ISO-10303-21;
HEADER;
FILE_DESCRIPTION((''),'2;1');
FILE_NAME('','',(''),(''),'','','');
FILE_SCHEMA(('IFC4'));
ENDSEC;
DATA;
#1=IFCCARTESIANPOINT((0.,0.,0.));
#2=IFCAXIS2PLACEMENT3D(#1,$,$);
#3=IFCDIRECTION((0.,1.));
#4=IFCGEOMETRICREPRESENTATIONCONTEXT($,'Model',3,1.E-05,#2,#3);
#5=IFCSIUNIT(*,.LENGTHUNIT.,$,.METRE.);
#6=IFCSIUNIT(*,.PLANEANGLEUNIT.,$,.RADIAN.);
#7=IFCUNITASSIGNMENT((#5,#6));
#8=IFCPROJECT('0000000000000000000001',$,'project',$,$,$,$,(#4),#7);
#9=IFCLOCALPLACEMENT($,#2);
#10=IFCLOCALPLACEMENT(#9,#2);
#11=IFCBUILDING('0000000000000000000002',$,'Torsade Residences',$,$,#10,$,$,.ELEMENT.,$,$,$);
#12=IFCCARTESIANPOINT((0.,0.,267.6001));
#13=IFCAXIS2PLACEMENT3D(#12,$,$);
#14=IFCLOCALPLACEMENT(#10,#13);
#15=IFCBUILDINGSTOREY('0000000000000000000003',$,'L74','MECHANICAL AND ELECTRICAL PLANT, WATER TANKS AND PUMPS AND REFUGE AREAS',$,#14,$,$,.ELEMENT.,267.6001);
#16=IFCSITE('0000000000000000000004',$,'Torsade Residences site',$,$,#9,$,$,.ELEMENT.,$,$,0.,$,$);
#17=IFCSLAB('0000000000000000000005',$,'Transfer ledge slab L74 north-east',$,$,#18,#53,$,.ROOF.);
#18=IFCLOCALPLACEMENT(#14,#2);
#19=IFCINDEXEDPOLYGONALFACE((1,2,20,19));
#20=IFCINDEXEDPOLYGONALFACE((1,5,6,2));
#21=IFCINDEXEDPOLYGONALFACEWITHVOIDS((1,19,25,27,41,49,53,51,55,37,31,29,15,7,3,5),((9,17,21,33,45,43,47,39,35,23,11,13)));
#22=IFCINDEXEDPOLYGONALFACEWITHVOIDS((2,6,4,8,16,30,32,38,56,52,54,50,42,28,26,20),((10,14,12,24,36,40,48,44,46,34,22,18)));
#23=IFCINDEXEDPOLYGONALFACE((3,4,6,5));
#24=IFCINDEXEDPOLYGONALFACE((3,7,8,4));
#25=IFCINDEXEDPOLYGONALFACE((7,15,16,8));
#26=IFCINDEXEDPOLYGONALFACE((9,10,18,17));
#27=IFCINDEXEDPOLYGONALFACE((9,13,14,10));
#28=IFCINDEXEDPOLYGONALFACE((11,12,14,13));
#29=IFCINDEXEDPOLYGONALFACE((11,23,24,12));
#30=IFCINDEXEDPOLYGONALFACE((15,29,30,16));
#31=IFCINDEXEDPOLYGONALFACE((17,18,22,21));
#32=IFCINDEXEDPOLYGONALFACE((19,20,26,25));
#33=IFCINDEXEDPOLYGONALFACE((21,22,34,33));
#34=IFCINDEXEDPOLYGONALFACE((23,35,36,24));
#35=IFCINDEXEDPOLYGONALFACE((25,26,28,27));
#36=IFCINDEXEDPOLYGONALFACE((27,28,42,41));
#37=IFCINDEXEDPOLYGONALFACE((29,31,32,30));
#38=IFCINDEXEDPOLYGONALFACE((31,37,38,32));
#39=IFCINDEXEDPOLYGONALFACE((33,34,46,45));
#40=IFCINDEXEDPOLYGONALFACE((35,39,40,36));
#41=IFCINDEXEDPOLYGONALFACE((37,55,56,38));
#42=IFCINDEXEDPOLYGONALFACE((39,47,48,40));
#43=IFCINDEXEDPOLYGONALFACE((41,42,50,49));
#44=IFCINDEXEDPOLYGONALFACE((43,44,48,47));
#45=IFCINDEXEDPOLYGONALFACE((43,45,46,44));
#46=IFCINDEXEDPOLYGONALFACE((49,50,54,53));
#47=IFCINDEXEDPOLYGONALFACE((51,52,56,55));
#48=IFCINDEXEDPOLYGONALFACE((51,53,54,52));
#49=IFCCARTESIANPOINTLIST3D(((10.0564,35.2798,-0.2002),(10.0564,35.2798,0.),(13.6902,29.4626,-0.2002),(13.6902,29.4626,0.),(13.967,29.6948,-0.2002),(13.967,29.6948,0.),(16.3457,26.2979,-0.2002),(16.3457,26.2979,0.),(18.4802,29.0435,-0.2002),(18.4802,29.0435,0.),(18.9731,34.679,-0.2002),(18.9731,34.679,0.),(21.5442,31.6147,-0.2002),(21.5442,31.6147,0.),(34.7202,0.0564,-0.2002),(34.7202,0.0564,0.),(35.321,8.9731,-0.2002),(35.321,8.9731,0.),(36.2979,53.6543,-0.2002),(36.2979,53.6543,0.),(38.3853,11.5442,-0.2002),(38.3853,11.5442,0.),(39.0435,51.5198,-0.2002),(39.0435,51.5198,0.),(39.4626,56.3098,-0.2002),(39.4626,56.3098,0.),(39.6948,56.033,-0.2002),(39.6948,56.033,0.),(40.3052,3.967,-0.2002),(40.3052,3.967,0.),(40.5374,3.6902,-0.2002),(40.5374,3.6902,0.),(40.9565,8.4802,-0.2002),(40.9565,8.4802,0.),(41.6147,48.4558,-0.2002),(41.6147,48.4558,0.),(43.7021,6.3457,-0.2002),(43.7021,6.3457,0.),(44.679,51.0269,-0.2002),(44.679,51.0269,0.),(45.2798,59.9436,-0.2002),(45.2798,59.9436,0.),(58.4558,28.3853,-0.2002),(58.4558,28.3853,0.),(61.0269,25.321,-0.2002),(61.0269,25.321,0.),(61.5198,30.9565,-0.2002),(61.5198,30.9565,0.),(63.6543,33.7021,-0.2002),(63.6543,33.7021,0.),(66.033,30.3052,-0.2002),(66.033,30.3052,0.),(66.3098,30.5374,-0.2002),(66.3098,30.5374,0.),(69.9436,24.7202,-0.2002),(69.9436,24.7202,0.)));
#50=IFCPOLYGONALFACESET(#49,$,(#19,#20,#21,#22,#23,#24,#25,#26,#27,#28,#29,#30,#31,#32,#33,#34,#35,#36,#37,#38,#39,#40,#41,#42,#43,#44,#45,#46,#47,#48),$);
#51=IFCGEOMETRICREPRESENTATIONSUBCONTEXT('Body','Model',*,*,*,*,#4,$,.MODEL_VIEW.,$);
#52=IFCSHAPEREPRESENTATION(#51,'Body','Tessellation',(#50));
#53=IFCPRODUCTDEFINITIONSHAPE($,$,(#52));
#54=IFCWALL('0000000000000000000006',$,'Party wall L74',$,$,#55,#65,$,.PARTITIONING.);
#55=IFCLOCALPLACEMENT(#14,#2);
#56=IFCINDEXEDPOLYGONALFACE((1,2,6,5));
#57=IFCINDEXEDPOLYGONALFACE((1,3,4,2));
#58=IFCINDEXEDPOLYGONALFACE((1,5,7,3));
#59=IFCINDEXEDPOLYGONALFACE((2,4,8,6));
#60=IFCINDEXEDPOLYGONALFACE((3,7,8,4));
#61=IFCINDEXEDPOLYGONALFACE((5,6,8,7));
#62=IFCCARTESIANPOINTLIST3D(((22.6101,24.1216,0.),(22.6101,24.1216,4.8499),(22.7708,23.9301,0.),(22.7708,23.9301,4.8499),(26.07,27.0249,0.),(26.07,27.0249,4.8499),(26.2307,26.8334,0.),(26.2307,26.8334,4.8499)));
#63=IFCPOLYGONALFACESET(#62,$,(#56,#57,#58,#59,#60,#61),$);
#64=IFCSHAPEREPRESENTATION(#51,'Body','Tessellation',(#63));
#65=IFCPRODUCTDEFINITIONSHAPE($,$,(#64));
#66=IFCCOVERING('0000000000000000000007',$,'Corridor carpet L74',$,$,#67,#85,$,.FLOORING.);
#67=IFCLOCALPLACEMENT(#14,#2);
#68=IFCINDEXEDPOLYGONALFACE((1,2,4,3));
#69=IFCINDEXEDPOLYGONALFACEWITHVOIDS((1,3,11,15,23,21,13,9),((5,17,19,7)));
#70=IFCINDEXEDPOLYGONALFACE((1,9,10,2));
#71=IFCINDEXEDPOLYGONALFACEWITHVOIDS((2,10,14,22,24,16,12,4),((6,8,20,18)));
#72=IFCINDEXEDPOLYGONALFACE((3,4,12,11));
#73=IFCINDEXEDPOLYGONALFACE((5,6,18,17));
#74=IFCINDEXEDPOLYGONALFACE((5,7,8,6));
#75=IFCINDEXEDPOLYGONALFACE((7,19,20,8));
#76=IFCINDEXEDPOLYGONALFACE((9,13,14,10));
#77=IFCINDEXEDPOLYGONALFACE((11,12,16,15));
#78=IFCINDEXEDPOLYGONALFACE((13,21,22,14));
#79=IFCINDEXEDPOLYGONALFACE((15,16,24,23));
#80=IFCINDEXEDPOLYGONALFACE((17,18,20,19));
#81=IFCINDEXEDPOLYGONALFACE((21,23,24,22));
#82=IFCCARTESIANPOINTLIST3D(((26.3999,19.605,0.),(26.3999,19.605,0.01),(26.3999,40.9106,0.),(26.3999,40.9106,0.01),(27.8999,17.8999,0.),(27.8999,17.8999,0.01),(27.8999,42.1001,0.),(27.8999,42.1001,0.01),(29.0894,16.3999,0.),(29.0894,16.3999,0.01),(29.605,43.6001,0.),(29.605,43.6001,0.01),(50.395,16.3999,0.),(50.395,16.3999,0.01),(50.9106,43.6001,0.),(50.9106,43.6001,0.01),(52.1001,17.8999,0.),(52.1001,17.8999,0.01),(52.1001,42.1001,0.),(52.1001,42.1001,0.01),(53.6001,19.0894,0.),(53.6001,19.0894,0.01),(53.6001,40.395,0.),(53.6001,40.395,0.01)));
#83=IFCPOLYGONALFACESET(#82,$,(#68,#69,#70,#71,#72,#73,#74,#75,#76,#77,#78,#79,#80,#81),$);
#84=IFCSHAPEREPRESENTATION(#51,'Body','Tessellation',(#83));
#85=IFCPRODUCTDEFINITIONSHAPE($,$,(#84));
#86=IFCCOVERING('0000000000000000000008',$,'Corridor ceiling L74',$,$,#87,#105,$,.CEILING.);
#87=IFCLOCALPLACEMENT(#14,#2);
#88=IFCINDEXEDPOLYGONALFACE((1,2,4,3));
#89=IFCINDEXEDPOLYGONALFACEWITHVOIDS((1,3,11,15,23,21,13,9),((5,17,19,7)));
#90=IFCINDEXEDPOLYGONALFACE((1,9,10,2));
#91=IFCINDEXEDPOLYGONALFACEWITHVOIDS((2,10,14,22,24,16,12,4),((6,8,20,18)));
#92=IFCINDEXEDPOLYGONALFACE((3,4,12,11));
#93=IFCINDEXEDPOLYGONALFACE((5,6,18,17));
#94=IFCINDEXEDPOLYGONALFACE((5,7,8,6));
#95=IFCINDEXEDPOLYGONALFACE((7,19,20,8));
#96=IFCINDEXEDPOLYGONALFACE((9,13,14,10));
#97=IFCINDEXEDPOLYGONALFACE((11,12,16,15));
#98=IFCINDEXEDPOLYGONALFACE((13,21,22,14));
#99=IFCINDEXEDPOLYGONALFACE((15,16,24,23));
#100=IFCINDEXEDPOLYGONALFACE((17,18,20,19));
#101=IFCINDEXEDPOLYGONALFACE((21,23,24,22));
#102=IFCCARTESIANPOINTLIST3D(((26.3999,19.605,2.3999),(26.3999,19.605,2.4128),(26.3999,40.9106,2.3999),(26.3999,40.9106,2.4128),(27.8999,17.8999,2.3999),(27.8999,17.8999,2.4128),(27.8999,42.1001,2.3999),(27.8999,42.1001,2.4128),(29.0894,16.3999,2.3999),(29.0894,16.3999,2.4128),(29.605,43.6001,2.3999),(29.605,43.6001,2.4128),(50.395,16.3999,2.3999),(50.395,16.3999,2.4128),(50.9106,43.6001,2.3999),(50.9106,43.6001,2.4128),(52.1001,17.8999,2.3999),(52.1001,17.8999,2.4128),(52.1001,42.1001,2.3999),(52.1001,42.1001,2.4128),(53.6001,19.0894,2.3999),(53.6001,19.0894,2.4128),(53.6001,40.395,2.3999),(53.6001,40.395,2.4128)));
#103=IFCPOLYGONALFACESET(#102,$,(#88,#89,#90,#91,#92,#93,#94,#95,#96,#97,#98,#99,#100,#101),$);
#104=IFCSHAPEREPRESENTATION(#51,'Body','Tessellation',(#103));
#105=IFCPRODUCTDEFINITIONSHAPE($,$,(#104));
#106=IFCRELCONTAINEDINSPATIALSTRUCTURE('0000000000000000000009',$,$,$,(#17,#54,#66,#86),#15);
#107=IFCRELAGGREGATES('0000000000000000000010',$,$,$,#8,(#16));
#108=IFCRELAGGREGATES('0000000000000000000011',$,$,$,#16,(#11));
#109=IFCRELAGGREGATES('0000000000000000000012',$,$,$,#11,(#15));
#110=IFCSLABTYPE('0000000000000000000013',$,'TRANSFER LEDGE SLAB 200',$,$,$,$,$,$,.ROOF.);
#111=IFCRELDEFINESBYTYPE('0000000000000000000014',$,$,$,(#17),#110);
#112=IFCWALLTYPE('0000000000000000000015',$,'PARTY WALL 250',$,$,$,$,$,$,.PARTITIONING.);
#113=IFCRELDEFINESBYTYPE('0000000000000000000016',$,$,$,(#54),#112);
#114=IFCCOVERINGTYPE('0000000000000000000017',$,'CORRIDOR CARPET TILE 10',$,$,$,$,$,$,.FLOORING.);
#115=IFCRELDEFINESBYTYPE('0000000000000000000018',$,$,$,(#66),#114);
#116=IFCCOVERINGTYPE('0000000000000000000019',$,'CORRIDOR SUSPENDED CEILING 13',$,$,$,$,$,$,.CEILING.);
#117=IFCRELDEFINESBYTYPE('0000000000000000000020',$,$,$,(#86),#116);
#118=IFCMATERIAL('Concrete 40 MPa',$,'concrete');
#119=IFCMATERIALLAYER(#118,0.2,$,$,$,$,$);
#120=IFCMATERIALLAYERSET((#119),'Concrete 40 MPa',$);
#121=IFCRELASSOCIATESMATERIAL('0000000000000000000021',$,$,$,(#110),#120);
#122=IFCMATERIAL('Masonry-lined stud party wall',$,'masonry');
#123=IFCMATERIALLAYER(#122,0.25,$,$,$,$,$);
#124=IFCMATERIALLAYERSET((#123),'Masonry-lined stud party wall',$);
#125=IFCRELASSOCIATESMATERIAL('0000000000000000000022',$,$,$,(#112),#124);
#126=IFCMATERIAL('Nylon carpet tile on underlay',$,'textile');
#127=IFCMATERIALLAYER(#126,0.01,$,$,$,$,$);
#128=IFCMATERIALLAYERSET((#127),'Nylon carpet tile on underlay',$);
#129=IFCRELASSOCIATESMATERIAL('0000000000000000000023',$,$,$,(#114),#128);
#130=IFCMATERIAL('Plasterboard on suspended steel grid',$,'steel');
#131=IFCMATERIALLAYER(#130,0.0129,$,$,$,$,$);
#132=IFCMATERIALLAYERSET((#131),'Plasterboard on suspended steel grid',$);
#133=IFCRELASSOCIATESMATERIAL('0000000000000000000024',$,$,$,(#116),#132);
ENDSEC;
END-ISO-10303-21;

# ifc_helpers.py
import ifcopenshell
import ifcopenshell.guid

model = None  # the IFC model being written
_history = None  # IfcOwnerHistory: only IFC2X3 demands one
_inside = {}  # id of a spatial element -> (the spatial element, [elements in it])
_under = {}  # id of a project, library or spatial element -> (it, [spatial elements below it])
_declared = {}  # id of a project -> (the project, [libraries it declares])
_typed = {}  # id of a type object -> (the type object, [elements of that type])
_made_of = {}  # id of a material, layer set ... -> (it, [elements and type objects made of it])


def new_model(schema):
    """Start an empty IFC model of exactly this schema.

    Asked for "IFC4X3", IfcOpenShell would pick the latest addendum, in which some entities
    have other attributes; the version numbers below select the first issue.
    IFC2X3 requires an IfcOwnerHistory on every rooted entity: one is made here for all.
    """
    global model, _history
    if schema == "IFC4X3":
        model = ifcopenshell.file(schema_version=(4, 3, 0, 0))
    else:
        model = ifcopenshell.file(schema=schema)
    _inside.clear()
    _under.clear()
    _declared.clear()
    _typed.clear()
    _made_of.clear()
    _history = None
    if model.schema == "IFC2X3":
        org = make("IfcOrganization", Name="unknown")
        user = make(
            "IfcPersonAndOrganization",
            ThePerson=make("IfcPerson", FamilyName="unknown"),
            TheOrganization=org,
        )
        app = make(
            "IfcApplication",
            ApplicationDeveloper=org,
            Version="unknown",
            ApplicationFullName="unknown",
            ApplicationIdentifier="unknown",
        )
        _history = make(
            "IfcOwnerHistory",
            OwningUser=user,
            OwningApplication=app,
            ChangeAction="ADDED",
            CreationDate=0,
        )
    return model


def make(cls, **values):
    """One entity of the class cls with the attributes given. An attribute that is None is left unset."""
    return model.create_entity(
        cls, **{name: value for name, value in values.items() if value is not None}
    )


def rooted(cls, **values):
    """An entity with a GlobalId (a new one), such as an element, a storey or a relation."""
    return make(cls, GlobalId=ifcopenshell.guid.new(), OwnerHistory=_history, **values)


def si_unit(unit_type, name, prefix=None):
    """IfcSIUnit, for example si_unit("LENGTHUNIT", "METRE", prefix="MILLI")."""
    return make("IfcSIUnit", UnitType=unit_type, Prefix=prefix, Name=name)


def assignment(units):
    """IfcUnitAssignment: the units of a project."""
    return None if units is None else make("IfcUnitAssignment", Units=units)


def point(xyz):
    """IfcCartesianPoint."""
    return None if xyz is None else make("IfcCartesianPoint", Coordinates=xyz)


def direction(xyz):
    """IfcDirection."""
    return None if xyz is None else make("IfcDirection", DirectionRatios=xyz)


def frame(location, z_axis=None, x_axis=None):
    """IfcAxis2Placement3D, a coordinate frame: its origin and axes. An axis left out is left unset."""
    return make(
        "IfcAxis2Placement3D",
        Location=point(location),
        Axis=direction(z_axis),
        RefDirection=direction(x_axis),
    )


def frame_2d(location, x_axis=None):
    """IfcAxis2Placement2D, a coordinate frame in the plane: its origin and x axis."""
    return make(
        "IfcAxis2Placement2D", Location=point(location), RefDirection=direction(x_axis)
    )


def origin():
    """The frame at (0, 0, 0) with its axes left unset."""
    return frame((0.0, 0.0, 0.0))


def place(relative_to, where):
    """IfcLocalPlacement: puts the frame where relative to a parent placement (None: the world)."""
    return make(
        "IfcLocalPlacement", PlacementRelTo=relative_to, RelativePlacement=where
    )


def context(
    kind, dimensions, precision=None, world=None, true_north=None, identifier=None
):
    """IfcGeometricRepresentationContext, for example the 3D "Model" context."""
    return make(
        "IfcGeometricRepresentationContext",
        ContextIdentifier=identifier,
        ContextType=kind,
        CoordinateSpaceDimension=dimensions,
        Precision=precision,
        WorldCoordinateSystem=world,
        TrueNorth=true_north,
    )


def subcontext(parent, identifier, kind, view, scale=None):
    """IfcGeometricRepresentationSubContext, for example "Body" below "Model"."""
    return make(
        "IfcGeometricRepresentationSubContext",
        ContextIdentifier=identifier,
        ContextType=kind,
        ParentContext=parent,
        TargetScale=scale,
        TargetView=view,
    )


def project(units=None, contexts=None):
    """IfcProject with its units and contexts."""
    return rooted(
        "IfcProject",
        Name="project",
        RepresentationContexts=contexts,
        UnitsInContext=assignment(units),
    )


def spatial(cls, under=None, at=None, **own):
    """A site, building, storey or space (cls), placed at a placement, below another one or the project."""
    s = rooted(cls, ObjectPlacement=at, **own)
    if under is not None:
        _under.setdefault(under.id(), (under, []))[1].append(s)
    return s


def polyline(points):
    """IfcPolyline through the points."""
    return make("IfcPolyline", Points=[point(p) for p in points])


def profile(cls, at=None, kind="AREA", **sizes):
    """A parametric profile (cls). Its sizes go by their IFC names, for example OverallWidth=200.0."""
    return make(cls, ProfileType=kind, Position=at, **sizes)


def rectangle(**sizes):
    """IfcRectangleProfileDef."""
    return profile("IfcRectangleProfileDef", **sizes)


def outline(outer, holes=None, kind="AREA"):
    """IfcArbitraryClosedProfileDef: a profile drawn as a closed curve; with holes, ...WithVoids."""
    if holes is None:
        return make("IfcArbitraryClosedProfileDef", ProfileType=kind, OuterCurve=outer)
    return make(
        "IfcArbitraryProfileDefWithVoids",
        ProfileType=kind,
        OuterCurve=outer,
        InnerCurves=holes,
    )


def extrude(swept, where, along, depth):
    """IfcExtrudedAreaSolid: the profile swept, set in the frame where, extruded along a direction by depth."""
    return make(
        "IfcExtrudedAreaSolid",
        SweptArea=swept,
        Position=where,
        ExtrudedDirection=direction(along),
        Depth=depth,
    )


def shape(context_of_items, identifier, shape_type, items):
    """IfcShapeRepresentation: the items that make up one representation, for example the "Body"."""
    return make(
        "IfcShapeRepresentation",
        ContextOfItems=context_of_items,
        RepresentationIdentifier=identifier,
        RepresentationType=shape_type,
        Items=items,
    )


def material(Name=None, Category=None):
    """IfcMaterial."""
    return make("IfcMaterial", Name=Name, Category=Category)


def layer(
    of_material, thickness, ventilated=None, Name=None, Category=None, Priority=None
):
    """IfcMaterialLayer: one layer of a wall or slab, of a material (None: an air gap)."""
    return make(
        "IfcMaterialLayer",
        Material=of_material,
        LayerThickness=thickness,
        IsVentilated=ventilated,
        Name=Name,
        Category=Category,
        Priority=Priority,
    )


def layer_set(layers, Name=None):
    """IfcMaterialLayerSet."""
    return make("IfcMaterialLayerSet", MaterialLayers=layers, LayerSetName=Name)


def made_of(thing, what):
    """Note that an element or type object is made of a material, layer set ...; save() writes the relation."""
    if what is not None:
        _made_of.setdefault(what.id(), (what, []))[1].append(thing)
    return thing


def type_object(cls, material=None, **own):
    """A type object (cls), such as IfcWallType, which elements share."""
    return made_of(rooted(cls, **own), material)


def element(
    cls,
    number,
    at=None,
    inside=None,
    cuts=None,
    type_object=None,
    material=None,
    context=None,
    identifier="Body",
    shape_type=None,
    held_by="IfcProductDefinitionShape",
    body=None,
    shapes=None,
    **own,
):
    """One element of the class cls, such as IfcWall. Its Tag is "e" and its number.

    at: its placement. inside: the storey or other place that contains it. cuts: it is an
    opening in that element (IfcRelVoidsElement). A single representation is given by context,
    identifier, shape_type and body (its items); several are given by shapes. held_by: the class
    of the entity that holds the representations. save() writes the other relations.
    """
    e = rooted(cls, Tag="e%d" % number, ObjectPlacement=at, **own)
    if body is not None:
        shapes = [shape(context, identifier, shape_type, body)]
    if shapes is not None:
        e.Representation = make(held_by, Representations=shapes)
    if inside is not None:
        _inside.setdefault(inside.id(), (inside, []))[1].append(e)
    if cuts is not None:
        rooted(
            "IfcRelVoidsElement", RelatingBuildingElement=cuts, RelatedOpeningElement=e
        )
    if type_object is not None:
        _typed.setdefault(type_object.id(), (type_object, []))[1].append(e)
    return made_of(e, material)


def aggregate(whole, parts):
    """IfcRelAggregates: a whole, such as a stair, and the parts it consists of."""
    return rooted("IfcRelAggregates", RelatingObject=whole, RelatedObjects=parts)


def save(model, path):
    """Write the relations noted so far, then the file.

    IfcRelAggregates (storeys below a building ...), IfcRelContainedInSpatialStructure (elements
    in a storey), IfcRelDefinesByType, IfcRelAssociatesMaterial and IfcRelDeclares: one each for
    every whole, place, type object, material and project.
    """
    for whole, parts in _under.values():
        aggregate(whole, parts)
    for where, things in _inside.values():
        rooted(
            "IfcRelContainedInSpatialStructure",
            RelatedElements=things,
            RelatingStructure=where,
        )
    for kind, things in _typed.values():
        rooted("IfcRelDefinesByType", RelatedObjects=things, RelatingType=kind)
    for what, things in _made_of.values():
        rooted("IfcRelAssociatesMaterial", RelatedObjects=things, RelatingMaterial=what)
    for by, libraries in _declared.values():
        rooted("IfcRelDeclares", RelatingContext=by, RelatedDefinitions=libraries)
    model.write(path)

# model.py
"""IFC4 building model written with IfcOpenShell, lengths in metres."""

from ifc_helpers import new_model, si_unit, direction, frame, frame_2d, origin, place, context, subcontext, project, spatial, polyline, rectangle, outline, extrude, material, layer, layer_set, type_object, element, save


model = new_model("IFC4")

# Units and contexts
model_context = context("Model", 3, precision=1e-05, world=origin(), true_north=direction((0.0, 1.0)))
body_context = subcontext(model_context, "Body", "Model", "MODEL_VIEW")
ifc_project = project(units=[si_unit("LENGTHUNIT", "METRE"), si_unit("PLANEANGLEUNIT", "RADIAN")], contexts=[model_context])

# Site, building, storey
site_placement = place(None, origin())
site = spatial("IfcSite", under=ifc_project, at=site_placement, Name="Torsade Residences site", CompositionType="ELEMENT", RefElevation=0.0)
building_placement = place(site_placement, origin())
building = spatial("IfcBuilding", under=site, at=building_placement, Name="Torsade Residences", CompositionType="ELEMENT")
storey_placement = place(building_placement, frame((0.0, 0.0, 267.6001)))
storey = spatial("IfcBuildingStorey", under=building, at=storey_placement, Name="L74", Description="MECHANICAL AND ELECTRICAL PLANT, WATER TANKS AND PUMPS AND REFUGE AREAS", CompositionType="ELEMENT", Elevation=267.6001)

# Slab
ifc_material_1 = material(Name="Concrete 40 MPa", Category="concrete")
ifc_layer_1 = layer(ifc_material_1, 0.2)
ifc_layer_set_1 = layer_set([ifc_layer_1], Name="Concrete 40 MPa")
slab_type_1 = type_object("IfcSlabType", Name="TRANSFER LEDGE SLAB 200", PredefinedType="ROOF", material=ifc_layer_set_1)
slab_1_placement = place(storey_placement, frame((0.0, 0.0, -0.2002)))
element("IfcSlab", 1, at=slab_1_placement, inside=storey, type_object=slab_type_1, Name="Transfer ledge slab L74 north-east", PredefinedType="ROOF", context=body_context, shape_type="SweptSolid", body=[
    extrude(outline(polyline([(34.7202, 0.0564), (40.3052, 3.967), (40.5374, 3.6902), (43.7021, 6.3457), (69.9436, 24.7202), (66.033, 30.3052), (66.3098, 30.5374), (63.6543, 33.7021), (45.2798, 59.9436), (39.6948, 56.033), (39.4626, 56.3098), (36.2979, 53.6543), (10.0564, 35.2798), (13.967, 29.6948), (13.6902, 29.4626), (16.3457, 26.2979), (34.7202, 0.0564)]), holes=[polyline([(61.0269, 25.321), (58.4558, 28.3853), (61.5198, 30.9565), (44.679, 51.0269), (41.6147, 48.4558), (39.0435, 51.5198), (18.9731, 34.679), (21.5442, 31.6147), (18.4802, 29.0435), (35.321, 8.9731), (38.3853, 11.5442), (40.9565, 8.4802), (61.0269, 25.321)])]), origin(), (0.0, 0.0, 1.0), 0.2002),
])

# Wall
ifc_material_2 = material(Name="Masonry-lined stud party wall", Category="masonry")
ifc_layer_2 = layer(ifc_material_2, 0.25)
ifc_layer_set_2 = layer_set([ifc_layer_2], Name="Masonry-lined stud party wall")
wall_type = type_object("IfcWallType", Name="PARTY WALL 250", PredefinedType="PARTITIONING", material=ifc_layer_set_2)
wall_placement = place(storey_placement, frame((22.6904, 24.0259, 0.0), z_axis=(0.0, 0.0, 1.0), x_axis=(0.766037, 0.642796, 0.0)))
element("IfcWall", 2, at=wall_placement, inside=storey, type_object=wall_type, Name="Party wall L74", PredefinedType="PARTITIONING", context=body_context, shape_type="SweptSolid", body=[
    extrude(rectangle(XDim=4.5166, YDim=0.25, at=frame_2d((2.2583, 0.0))), origin(), (0.0, 0.0, 1.0), 4.8499),
])

# Coverings
ifc_material_3 = material(Name="Nylon carpet tile on underlay", Category="textile")
ifc_layer_3 = layer(ifc_material_3, 0.01)
ifc_layer_set_3 = layer_set([ifc_layer_3], Name="Nylon carpet tile on underlay")
covering_type_1 = type_object("IfcCoveringType", Name="CORRIDOR CARPET TILE 10", PredefinedType="FLOORING", material=ifc_layer_set_3)
covering_1_placement = place(storey_placement, origin())
element("IfcCovering", 3, at=covering_1_placement, inside=storey, type_object=covering_type_1, Name="Corridor carpet L74", PredefinedType="FLOORING", context=body_context, shape_type="SweptSolid", body=[
    extrude(outline(polyline([(26.3999, 19.605), (29.0894, 16.3999), (50.395, 16.3999), (53.6001, 19.0894), (53.6001, 40.395), (50.9106, 43.6001), (29.605, 43.6001), (26.3999, 40.9106), (26.3999, 19.605)]), holes=[polyline([(27.8999, 42.1001), (27.8999, 17.8999), (52.1001, 17.8999), (52.1001, 42.1001), (27.8999, 42.1001)])]), origin(), (0.0, 0.0, 1.0), 0.01),
])
ifc_material_4 = material(Name="Plasterboard on suspended steel grid", Category="steel")
ifc_layer_4 = layer(ifc_material_4, 0.0129)
ifc_layer_set_4 = layer_set([ifc_layer_4], Name="Plasterboard on suspended steel grid")
covering_type_2 = type_object("IfcCoveringType", Name="CORRIDOR SUSPENDED CEILING 13", PredefinedType="CEILING", material=ifc_layer_set_4)
covering_2_placement = place(storey_placement, frame((0.0, 0.0, 2.3999)))
element("IfcCovering", 4, at=covering_2_placement, inside=storey, type_object=covering_type_2, Name="Corridor ceiling L74", PredefinedType="CEILING", context=body_context, shape_type="SweptSolid", body=[
    extrude(outline(polyline([(26.3999, 19.605), (29.0894, 16.3999), (50.395, 16.3999), (53.6001, 19.0894), (53.6001, 40.395), (50.9106, 43.6001), (29.605, 43.6001), (26.3999, 40.9106), (26.3999, 19.605)]), holes=[polyline([(27.8999, 42.1001), (27.8999, 17.8999), (52.1001, 17.8999), (52.1001, 42.1001), (27.8999, 42.1001)])]), origin(), (0.0, 0.0, 1.0), 0.0129),
])

save(model, "model.ifc")
